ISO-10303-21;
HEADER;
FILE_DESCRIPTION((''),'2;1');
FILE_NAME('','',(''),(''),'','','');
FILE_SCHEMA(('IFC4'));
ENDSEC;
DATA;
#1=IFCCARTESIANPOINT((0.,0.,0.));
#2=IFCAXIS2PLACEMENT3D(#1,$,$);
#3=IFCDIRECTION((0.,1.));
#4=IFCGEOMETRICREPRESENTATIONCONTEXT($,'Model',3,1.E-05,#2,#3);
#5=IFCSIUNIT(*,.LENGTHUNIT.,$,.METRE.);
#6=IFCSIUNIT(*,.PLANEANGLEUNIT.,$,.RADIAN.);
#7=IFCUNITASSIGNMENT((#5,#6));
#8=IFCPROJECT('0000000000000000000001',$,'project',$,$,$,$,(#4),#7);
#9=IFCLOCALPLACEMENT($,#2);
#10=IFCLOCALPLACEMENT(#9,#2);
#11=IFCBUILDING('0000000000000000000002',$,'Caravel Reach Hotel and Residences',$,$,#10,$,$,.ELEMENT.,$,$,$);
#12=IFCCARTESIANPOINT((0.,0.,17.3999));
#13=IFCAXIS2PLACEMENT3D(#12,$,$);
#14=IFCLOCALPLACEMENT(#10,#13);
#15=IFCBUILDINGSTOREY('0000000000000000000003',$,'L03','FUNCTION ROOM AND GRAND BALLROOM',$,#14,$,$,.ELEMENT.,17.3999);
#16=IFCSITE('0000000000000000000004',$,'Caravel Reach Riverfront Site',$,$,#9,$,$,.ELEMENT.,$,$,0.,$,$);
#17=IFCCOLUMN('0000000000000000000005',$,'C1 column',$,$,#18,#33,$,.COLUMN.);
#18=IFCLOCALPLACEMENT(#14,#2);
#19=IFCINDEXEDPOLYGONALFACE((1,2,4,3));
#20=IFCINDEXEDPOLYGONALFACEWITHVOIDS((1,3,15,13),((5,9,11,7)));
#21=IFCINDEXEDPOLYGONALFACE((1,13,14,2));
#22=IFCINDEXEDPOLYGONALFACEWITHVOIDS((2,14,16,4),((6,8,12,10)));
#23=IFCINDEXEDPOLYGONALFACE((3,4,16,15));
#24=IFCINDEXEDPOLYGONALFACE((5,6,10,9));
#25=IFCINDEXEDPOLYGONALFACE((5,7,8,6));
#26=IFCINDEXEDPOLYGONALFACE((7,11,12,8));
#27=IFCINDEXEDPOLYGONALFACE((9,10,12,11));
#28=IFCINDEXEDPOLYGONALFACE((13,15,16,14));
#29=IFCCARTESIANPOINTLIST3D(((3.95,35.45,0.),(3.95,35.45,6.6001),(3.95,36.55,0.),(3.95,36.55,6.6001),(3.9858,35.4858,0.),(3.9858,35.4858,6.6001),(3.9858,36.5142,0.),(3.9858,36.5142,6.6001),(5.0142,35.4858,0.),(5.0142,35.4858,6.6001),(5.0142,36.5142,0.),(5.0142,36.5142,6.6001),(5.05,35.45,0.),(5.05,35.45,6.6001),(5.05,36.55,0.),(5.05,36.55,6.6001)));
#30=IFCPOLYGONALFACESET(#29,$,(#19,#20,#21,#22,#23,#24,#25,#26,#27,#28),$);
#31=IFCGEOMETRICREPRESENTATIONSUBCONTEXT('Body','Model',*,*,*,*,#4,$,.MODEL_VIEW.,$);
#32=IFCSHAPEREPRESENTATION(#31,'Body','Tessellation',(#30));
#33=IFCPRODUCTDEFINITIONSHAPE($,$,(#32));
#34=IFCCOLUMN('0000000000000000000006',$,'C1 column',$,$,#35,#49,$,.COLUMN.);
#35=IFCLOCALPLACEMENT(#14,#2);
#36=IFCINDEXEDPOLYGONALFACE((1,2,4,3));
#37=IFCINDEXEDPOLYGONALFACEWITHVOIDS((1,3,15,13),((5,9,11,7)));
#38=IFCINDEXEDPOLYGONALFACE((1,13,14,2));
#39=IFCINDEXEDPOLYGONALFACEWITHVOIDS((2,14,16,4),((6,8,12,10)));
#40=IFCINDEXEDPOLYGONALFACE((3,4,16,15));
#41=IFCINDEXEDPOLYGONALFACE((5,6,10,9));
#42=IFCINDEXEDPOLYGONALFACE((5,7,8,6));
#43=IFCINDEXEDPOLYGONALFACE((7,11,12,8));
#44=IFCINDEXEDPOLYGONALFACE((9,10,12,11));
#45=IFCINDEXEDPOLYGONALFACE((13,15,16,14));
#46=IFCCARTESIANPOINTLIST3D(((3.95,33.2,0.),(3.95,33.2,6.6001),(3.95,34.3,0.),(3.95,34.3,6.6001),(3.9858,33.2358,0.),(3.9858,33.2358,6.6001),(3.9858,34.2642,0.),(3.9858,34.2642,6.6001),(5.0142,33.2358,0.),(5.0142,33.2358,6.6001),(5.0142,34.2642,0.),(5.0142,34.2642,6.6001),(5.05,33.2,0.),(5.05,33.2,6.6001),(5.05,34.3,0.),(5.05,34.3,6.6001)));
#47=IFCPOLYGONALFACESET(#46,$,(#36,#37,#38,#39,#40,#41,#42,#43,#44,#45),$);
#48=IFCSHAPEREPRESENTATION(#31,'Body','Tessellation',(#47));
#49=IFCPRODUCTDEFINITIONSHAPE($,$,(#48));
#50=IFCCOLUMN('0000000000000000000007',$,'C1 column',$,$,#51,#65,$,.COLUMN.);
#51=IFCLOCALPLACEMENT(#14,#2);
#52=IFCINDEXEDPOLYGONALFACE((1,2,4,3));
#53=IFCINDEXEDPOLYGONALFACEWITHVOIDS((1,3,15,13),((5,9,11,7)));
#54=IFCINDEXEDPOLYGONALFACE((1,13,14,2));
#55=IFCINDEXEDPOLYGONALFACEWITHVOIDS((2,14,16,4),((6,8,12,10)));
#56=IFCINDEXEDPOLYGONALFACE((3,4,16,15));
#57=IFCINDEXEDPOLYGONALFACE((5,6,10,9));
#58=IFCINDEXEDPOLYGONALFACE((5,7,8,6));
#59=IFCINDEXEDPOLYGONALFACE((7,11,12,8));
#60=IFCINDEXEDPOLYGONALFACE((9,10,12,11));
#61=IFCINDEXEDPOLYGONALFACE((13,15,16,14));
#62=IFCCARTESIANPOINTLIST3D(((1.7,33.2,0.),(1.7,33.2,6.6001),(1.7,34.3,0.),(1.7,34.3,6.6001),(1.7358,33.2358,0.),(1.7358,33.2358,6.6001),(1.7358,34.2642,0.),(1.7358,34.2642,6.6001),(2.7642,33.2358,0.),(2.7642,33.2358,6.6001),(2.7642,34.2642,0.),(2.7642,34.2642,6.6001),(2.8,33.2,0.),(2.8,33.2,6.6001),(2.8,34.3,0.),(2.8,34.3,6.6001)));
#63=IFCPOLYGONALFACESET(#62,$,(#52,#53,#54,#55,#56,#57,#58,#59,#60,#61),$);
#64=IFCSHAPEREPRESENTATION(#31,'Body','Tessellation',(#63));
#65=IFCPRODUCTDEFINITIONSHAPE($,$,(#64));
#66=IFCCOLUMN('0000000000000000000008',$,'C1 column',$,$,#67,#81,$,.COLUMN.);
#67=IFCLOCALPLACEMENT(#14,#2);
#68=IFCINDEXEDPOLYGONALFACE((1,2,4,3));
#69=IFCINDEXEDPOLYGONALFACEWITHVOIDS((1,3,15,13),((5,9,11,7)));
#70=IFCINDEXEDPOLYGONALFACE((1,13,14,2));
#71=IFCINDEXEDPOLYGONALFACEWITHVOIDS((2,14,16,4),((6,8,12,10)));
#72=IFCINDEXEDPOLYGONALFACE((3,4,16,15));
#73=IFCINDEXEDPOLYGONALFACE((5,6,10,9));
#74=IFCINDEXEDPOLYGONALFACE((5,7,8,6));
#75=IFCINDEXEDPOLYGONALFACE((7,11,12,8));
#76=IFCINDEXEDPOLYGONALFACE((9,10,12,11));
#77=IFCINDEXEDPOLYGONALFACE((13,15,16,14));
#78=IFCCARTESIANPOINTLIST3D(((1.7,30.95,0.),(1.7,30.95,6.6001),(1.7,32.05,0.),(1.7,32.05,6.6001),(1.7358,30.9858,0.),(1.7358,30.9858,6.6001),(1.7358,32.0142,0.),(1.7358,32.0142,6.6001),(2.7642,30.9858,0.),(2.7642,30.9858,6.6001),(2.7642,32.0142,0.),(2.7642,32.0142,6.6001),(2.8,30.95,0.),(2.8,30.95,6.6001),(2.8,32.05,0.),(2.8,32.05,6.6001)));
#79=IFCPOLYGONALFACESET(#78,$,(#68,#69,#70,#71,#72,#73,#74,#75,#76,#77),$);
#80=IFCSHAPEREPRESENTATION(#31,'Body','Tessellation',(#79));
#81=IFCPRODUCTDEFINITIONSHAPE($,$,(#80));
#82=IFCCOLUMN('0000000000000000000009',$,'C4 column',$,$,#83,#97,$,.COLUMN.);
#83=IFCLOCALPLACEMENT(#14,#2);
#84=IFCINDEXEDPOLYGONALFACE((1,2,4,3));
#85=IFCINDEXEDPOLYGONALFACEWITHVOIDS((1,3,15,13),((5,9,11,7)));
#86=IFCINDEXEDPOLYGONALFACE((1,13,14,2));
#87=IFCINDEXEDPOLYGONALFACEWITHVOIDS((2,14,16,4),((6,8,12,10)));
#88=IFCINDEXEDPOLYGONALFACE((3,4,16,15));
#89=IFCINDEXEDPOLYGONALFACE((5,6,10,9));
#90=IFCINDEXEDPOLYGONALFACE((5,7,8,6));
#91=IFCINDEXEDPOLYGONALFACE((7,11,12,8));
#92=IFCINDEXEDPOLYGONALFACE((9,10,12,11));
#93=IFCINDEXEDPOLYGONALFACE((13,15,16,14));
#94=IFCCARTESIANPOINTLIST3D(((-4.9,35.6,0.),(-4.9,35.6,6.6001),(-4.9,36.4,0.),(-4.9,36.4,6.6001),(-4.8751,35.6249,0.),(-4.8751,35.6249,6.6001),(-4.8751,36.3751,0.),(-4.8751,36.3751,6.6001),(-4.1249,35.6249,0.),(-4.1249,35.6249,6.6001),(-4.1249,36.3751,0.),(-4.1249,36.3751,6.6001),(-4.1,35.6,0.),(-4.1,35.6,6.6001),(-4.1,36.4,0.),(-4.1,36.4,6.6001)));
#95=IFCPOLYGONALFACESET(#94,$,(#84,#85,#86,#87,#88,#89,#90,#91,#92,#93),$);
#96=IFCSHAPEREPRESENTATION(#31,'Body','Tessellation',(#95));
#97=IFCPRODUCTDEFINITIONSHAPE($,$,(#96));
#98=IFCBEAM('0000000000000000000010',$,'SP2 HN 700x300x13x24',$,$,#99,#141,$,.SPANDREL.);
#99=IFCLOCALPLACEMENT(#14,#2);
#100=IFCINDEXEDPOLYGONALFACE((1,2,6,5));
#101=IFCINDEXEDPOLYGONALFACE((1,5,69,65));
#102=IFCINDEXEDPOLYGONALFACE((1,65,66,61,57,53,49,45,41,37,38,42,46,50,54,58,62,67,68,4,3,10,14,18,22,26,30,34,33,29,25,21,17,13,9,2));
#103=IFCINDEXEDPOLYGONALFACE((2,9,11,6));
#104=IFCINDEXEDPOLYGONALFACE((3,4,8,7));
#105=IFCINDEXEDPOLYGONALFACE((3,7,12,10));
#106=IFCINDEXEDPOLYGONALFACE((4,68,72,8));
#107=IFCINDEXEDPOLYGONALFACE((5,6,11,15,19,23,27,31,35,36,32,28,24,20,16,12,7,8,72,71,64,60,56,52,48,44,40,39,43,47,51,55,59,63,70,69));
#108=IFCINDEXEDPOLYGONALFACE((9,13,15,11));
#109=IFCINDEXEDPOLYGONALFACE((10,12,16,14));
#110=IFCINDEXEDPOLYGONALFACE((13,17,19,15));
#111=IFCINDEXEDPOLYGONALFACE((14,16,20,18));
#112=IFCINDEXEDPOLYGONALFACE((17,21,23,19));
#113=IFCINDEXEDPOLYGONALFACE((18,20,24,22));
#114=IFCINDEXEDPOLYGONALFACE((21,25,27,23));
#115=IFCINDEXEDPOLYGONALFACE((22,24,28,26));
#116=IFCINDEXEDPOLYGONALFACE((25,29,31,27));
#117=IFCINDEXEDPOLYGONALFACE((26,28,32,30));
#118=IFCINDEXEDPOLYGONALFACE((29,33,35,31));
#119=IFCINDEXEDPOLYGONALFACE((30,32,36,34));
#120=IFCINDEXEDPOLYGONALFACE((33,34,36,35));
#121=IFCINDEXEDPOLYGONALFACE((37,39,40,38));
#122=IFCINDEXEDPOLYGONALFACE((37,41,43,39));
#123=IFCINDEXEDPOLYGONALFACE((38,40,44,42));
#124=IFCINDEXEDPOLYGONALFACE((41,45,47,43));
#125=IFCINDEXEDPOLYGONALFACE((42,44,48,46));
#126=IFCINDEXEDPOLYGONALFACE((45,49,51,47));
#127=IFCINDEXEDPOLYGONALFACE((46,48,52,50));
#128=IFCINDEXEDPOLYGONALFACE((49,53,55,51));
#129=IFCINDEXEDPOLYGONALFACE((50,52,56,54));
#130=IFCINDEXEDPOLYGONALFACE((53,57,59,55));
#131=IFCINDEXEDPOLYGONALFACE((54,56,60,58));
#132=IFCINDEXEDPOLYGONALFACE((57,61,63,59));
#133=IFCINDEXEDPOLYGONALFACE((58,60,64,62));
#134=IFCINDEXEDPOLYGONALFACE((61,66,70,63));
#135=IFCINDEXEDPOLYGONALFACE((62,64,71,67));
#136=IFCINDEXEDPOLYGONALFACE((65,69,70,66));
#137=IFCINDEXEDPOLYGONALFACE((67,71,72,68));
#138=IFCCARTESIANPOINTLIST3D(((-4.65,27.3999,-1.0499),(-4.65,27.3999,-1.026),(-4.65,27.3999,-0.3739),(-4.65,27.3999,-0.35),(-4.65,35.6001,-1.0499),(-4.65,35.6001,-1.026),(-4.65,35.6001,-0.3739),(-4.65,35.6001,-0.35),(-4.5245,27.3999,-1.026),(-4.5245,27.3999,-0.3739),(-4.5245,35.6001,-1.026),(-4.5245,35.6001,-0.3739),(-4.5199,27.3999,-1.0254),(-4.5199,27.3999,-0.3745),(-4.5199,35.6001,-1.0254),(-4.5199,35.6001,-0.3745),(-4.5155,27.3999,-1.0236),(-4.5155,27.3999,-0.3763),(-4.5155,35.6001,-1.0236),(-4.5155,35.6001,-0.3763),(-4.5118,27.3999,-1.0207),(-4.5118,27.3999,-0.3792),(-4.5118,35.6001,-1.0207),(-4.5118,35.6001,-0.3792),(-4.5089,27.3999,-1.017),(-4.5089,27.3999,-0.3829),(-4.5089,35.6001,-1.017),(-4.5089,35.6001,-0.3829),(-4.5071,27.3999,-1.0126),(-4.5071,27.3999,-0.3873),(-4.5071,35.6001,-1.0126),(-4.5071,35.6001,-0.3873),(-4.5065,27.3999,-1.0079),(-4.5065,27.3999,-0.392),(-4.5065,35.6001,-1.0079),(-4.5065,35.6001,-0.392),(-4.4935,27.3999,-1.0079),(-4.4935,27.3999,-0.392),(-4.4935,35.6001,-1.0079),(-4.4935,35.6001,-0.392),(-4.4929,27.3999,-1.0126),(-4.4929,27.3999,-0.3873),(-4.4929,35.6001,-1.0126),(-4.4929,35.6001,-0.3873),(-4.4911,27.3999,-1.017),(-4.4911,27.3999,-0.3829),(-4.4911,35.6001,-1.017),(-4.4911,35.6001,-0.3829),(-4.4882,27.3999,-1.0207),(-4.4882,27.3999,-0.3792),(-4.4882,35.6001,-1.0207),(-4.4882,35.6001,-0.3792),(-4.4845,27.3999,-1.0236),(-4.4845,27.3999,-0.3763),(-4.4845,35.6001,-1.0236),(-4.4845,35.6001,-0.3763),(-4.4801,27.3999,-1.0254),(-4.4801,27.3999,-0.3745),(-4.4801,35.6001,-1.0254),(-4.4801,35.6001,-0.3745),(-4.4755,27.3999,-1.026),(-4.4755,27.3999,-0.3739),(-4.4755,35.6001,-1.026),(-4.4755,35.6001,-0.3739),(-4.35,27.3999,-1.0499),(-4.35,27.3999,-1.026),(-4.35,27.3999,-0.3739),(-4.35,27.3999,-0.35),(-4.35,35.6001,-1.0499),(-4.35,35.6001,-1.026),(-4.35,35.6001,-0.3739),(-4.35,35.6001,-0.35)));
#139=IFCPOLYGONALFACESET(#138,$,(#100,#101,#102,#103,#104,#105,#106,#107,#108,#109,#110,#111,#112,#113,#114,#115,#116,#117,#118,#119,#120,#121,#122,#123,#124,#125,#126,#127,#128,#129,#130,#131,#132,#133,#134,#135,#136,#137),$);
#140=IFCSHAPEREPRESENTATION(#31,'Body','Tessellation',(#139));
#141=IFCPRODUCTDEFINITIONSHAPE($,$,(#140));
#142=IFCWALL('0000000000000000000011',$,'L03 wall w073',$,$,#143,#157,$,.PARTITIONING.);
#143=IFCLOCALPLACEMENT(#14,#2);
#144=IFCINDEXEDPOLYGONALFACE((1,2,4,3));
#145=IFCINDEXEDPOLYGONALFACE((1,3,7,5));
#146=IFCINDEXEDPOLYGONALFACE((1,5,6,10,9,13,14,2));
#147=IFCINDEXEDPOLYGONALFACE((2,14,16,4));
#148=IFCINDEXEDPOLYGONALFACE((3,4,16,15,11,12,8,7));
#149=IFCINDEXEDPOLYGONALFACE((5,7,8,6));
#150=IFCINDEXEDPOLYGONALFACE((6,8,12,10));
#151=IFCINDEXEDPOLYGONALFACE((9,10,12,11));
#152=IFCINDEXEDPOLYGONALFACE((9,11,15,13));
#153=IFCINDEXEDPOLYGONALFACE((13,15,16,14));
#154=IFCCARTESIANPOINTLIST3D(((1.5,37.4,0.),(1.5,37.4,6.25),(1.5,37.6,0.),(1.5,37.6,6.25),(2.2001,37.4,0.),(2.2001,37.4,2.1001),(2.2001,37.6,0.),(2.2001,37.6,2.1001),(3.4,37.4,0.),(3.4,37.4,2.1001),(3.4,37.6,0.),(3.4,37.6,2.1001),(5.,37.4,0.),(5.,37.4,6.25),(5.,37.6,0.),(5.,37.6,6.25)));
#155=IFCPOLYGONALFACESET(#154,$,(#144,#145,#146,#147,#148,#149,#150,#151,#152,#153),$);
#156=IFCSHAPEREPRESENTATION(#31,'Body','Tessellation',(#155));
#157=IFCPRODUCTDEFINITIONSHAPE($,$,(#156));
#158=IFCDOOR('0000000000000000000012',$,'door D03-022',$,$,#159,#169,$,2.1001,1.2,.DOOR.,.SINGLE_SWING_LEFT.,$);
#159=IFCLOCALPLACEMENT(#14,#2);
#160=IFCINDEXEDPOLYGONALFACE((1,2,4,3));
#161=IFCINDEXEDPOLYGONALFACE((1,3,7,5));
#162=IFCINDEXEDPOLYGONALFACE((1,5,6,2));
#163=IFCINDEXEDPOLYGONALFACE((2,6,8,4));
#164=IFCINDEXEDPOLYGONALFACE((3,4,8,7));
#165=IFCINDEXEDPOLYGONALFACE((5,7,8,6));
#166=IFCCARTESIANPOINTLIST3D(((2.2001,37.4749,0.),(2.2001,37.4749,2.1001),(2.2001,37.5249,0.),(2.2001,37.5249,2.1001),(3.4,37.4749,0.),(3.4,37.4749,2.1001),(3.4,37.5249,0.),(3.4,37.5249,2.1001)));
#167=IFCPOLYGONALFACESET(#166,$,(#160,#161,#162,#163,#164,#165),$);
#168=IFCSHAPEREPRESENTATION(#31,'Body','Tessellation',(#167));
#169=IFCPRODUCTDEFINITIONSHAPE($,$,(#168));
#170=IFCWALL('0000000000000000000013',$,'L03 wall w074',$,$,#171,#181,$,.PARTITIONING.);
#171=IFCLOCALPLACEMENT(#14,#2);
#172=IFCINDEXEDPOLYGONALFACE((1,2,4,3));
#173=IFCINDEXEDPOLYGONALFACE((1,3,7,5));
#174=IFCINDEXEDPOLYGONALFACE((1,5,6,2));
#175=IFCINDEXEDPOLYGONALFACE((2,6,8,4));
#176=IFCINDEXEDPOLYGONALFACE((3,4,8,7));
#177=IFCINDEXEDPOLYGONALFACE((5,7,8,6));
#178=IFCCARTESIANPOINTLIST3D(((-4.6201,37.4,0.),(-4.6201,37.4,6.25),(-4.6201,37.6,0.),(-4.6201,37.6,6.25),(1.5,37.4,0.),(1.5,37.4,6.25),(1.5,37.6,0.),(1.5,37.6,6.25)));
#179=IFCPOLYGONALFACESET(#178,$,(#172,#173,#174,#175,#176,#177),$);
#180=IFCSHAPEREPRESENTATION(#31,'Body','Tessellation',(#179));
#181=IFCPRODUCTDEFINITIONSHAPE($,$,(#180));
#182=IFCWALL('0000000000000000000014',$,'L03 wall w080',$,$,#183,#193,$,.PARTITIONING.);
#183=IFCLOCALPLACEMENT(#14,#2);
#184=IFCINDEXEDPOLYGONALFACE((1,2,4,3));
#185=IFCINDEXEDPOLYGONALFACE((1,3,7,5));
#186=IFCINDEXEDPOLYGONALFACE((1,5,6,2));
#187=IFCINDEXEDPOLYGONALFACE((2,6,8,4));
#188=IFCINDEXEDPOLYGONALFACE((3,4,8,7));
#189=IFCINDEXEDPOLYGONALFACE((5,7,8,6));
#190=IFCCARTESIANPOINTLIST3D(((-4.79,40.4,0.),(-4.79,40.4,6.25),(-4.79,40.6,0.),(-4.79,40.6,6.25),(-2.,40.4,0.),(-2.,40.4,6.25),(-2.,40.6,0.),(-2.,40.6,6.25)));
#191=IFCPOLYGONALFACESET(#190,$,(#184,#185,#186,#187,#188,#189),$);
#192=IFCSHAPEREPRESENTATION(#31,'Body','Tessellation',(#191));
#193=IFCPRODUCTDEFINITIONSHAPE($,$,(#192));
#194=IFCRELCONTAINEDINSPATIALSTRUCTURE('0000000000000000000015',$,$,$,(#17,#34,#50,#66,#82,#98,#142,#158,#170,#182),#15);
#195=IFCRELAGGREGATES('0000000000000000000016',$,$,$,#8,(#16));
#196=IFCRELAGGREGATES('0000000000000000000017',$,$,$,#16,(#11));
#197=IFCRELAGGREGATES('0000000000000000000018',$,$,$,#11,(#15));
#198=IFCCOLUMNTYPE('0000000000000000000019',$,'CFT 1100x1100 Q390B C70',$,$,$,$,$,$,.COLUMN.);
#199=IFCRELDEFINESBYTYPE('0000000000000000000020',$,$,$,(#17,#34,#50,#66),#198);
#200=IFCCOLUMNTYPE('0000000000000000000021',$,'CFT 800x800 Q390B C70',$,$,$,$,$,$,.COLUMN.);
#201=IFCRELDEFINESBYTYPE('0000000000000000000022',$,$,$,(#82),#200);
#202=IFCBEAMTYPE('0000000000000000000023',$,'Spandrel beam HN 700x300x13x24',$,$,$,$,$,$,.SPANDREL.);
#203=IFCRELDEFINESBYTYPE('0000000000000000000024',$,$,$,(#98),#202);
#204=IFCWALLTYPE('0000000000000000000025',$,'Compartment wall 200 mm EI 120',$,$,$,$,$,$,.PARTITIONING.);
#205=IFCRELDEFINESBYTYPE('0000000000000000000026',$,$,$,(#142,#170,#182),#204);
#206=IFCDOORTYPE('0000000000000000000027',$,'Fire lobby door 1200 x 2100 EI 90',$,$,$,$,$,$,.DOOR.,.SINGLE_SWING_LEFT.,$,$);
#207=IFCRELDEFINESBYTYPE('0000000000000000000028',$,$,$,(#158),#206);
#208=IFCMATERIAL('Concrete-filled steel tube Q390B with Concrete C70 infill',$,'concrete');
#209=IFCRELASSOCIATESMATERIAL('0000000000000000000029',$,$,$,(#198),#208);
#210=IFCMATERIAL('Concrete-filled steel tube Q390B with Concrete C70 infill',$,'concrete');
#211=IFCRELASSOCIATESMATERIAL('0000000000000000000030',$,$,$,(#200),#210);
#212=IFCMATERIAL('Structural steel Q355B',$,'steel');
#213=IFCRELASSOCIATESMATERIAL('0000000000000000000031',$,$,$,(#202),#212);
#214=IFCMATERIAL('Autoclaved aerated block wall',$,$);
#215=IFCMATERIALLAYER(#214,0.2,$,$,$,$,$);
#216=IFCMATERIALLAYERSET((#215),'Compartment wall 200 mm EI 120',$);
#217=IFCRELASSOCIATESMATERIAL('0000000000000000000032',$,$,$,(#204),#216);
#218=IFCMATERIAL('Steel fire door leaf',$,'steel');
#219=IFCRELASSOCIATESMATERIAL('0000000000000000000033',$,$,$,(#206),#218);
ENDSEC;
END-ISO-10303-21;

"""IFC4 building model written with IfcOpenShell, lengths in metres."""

from ifc_helpers import new_model, si_unit, direction, frame, frame_2d, origin, origin_2d, place, context, subcontext, project, spatial, rectangle, hollow_rectangle, i_section, extrude, material, layer, layer_set, material_profile, profile_set, type_object, element, fill, save


model = new_model("IFC4")

# Units and contexts
model_context = context("Model", 3, precision=1e-05, world=origin(), true_north=direction((0.0, 1.0)))
body_context = subcontext(model_context, "Body", "Model", "MODEL_VIEW")
ifc_project = project(units=[si_unit("LENGTHUNIT", "METRE"), si_unit("PLANEANGLEUNIT", "RADIAN")], contexts=[model_context])

# Site, building, storey
site_placement = place(None, origin())
site = spatial("IfcSite", under=ifc_project, at=site_placement, Name="Caravel Reach Riverfront Site", CompositionType="ELEMENT", RefElevation=0.0)
building_placement = place(site_placement, origin())
building = spatial("IfcBuilding", under=site, at=building_placement, Name="Caravel Reach Hotel and Residences", CompositionType="ELEMENT")
storey_placement = place(building_placement, frame((0.0, 0.0, 17.3999)))
storey = spatial("IfcBuildingStorey", under=building, at=storey_placement, Name="L03", Description="FUNCTION ROOM AND GRAND BALLROOM", CompositionType="ELEMENT", Elevation=17.3999)

# Columns
ifc_material_1 = material(Name="Concrete-filled steel tube Q390B with Concrete C70 infill", Category="concrete")
ifc_material_profile_1 = material_profile(ifc_material_1, hollow_rectangle(XDim=1.1001, YDim=1.1001, WallThickness=0.0359, at=origin_2d()), Name="RHS 1100x1100x36")
ifc_profile_set_1 = profile_set([ifc_material_profile_1], Name="Concrete-filled steel tube Q390B with Concrete C70 infill")
column_type_1 = type_object("IfcColumnType", Name="CFT 1100x1100 Q390B C70", PredefinedType="COLUMN", material=ifc_profile_set_1)
for number, where, z_axis, x_axis, name in (
    (1, (4.5, 36.0, 0.0), (0.0, 0.0, 1.0), (1.0, 0.0, 0.0), "C1 column"),
    (2, (4.5, 33.75, 0.0), (0.0, 0.0, 1.0), (1.0, 0.0, 0.0), "C1 column"),
    (3, (2.25, 33.75, 0.0), (0.0, 0.0, 1.0), (1.0, 0.0, 0.0), "C1 column"),
    (4, (2.25, 31.5, 0.0), (0.0, 0.0, 1.0), (1.0, 0.0, 0.0), "C1 column"),
):
    element("IfcColumn", number, at=place(storey_placement, frame(where, z_axis=z_axis, x_axis=x_axis)), inside=storey, type_object=column_type_1, Name=name, PredefinedType="COLUMN", context=body_context, shape_type="SweptSolid", body=[
        extrude(hollow_rectangle(XDim=1.1001, YDim=1.1001, WallThickness=0.0359, at=origin_2d()), origin(), (0.0, 0.0, 1.0), 6.6001),
    ])
ifc_material_2 = material(Name="Concrete-filled steel tube Q390B with Concrete C70 infill", Category="concrete")
ifc_material_profile_2 = material_profile(ifc_material_2, hollow_rectangle(XDim=0.8, YDim=0.8, WallThickness=0.0249, at=origin_2d()), Name="RHS 800x800x25")
ifc_profile_set_2 = profile_set([ifc_material_profile_2], Name="Concrete-filled steel tube Q390B with Concrete C70 infill")
column_type_2 = type_object("IfcColumnType", Name="CFT 800x800 Q390B C70", PredefinedType="COLUMN", material=ifc_profile_set_2)
column_placement = place(storey_placement, frame((-4.5, 36.0, 0.0), z_axis=(0.0, 0.0, 1.0), x_axis=(1.0, 0.0, 0.0)))
element("IfcColumn", 5, at=column_placement, inside=storey, type_object=column_type_2, Name="C4 column", PredefinedType="COLUMN", context=body_context, shape_type="SweptSolid", body=[
    extrude(hollow_rectangle(XDim=0.8, YDim=0.8, WallThickness=0.0249, at=origin_2d()), origin(), (0.0, 0.0, 1.0), 6.6001),
])

# Beam
ifc_material_3 = material(Name="Structural steel Q355B", Category="steel")
ifc_material_profile_3 = material_profile(ifc_material_3, i_section(OverallWidth=0.3, OverallDepth=0.7, WebThickness=0.0129, FlangeThickness=0.0239, FilletRadius=0.0181, at=origin_2d()), Name="HN 700x300x13x24")
ifc_profile_set_3 = profile_set([ifc_material_profile_3], Name="Structural steel Q355B")
beam_type = type_object("IfcBeamType", Name="Spandrel beam HN 700x300x13x24", PredefinedType="SPANDREL", material=ifc_profile_set_3)
beam_placement = place(storey_placement, frame((-4.5, 35.6001, -0.7), z_axis=(0.0, -1.0, 0.0), x_axis=(1.0, 0.0, 0.0)))
element("IfcBeam", 6, at=beam_placement, inside=storey, type_object=beam_type, Name="SP2 HN 700x300x13x24", PredefinedType="SPANDREL", context=body_context, shape_type="SweptSolid", body=[
    extrude(i_section(OverallWidth=0.3, OverallDepth=0.7, WebThickness=0.0129, FlangeThickness=0.0239, FilletRadius=0.0181, at=origin_2d()), origin(), (0.0, 0.0, 1.0), 8.2002),
])

# Wall, opening, door
ifc_material_4 = material(Name="Autoclaved aerated block wall")
ifc_layer_1 = layer(ifc_material_4, 0.2)
ifc_layer_set_1 = layer_set([ifc_layer_1], Name="Compartment wall 200 mm EI 120")
wall_type_1 = type_object("IfcWallType", Name="Compartment wall 200 mm EI 120", PredefinedType="PARTITIONING", material=ifc_layer_set_1)
wall_1_placement = place(storey_placement, frame((1.5, 37.5, 0.0), z_axis=(0.0, 0.0, 1.0), x_axis=(1.0, 0.0, 0.0)))
wall_1 = element("IfcWall", 7, at=wall_1_placement, inside=storey, type_object=wall_type_1, Name="L03 wall w073", PredefinedType="PARTITIONING", context=body_context, shape_type="SweptSolid", body=[
    extrude(rectangle(XDim=3.5, YDim=0.2, at=frame_2d((1.75, 0.0))), origin(), (0.0, 0.0, 1.0), 6.25),
])
opening_1_placement = place(wall_1_placement, frame((0.7, 0.0, 0.0)))
opening_1 = element("IfcOpeningElement", 8, at=opening_1_placement, cuts=wall_1, PredefinedType="OPENING", context=body_context, shape_type="SweptSolid", body=[
    extrude(rectangle(XDim=1.2, YDim=2.1001, at=frame_2d((0.6001, 1.05))), frame((0.0, 0.1099, 0.0), z_axis=(0.0, -1.0, 0.0), x_axis=(1.0, 0.0, 0.0)), (0.0, 0.0, 1.0), 0.22),
])
ifc_material_5 = material(Name="Steel fire door leaf", Category="steel")
door_type_1 = type_object("IfcDoorType", Name="Fire lobby door 1200 x 2100 EI 90", OperationType="SINGLE_SWING_LEFT", PredefinedType="DOOR", material=ifc_material_5)
door_1_placement = place(opening_1_placement, origin())
door_1 = element("IfcDoor", 9, at=door_1_placement, inside=storey, type_object=door_type_1, Name="door D03-022", OperationType="SINGLE_SWING_LEFT", OverallHeight=2.1001, OverallWidth=1.2, PredefinedType="DOOR", context=body_context, shape_type="SweptSolid", body=[
    extrude(rectangle(XDim=1.2, YDim=2.1001, at=frame_2d((0.6001, 1.05))), frame((0.0, 0.0249, 0.0), z_axis=(0.0, -1.0, 0.0), x_axis=(1.0, 0.0, 0.0)), (0.0, 0.0, 1.0), 0.05),
])
fill(opening_1, door_1)

# Walls
wall_2_placement = place(storey_placement, frame((-4.6201, 37.5, 0.0), z_axis=(0.0, 0.0, 1.0), x_axis=(1.0, 0.0, 0.0)))
element("IfcWall", 10, at=wall_2_placement, inside=storey, type_object=wall_type_1, Name="L03 wall w074", PredefinedType="PARTITIONING", context=body_context, shape_type="SweptSolid", body=[
    extrude(rectangle(XDim=6.1201, YDim=0.2, at=frame_2d((3.0601, 0.0))), origin(), (0.0, 0.0, 1.0), 6.25),
])
wall_3_placement = place(storey_placement, frame((-4.79, 40.5, 0.0), z_axis=(0.0, 0.0, 1.0), x_axis=(1.0, 0.0, 0.0)))
element("IfcWall", 11, at=wall_3_placement, inside=storey, type_object=wall_type_1, Name="L03 wall w080", PredefinedType="PARTITIONING", context=body_context, shape_type="SweptSolid", body=[
    extrude(rectangle(XDim=2.79, YDim=0.2, at=frame_2d((1.395, 0.0))), origin(), (0.0, 0.0, 1.0), 6.25),
])

save(model, "model.ifc")
